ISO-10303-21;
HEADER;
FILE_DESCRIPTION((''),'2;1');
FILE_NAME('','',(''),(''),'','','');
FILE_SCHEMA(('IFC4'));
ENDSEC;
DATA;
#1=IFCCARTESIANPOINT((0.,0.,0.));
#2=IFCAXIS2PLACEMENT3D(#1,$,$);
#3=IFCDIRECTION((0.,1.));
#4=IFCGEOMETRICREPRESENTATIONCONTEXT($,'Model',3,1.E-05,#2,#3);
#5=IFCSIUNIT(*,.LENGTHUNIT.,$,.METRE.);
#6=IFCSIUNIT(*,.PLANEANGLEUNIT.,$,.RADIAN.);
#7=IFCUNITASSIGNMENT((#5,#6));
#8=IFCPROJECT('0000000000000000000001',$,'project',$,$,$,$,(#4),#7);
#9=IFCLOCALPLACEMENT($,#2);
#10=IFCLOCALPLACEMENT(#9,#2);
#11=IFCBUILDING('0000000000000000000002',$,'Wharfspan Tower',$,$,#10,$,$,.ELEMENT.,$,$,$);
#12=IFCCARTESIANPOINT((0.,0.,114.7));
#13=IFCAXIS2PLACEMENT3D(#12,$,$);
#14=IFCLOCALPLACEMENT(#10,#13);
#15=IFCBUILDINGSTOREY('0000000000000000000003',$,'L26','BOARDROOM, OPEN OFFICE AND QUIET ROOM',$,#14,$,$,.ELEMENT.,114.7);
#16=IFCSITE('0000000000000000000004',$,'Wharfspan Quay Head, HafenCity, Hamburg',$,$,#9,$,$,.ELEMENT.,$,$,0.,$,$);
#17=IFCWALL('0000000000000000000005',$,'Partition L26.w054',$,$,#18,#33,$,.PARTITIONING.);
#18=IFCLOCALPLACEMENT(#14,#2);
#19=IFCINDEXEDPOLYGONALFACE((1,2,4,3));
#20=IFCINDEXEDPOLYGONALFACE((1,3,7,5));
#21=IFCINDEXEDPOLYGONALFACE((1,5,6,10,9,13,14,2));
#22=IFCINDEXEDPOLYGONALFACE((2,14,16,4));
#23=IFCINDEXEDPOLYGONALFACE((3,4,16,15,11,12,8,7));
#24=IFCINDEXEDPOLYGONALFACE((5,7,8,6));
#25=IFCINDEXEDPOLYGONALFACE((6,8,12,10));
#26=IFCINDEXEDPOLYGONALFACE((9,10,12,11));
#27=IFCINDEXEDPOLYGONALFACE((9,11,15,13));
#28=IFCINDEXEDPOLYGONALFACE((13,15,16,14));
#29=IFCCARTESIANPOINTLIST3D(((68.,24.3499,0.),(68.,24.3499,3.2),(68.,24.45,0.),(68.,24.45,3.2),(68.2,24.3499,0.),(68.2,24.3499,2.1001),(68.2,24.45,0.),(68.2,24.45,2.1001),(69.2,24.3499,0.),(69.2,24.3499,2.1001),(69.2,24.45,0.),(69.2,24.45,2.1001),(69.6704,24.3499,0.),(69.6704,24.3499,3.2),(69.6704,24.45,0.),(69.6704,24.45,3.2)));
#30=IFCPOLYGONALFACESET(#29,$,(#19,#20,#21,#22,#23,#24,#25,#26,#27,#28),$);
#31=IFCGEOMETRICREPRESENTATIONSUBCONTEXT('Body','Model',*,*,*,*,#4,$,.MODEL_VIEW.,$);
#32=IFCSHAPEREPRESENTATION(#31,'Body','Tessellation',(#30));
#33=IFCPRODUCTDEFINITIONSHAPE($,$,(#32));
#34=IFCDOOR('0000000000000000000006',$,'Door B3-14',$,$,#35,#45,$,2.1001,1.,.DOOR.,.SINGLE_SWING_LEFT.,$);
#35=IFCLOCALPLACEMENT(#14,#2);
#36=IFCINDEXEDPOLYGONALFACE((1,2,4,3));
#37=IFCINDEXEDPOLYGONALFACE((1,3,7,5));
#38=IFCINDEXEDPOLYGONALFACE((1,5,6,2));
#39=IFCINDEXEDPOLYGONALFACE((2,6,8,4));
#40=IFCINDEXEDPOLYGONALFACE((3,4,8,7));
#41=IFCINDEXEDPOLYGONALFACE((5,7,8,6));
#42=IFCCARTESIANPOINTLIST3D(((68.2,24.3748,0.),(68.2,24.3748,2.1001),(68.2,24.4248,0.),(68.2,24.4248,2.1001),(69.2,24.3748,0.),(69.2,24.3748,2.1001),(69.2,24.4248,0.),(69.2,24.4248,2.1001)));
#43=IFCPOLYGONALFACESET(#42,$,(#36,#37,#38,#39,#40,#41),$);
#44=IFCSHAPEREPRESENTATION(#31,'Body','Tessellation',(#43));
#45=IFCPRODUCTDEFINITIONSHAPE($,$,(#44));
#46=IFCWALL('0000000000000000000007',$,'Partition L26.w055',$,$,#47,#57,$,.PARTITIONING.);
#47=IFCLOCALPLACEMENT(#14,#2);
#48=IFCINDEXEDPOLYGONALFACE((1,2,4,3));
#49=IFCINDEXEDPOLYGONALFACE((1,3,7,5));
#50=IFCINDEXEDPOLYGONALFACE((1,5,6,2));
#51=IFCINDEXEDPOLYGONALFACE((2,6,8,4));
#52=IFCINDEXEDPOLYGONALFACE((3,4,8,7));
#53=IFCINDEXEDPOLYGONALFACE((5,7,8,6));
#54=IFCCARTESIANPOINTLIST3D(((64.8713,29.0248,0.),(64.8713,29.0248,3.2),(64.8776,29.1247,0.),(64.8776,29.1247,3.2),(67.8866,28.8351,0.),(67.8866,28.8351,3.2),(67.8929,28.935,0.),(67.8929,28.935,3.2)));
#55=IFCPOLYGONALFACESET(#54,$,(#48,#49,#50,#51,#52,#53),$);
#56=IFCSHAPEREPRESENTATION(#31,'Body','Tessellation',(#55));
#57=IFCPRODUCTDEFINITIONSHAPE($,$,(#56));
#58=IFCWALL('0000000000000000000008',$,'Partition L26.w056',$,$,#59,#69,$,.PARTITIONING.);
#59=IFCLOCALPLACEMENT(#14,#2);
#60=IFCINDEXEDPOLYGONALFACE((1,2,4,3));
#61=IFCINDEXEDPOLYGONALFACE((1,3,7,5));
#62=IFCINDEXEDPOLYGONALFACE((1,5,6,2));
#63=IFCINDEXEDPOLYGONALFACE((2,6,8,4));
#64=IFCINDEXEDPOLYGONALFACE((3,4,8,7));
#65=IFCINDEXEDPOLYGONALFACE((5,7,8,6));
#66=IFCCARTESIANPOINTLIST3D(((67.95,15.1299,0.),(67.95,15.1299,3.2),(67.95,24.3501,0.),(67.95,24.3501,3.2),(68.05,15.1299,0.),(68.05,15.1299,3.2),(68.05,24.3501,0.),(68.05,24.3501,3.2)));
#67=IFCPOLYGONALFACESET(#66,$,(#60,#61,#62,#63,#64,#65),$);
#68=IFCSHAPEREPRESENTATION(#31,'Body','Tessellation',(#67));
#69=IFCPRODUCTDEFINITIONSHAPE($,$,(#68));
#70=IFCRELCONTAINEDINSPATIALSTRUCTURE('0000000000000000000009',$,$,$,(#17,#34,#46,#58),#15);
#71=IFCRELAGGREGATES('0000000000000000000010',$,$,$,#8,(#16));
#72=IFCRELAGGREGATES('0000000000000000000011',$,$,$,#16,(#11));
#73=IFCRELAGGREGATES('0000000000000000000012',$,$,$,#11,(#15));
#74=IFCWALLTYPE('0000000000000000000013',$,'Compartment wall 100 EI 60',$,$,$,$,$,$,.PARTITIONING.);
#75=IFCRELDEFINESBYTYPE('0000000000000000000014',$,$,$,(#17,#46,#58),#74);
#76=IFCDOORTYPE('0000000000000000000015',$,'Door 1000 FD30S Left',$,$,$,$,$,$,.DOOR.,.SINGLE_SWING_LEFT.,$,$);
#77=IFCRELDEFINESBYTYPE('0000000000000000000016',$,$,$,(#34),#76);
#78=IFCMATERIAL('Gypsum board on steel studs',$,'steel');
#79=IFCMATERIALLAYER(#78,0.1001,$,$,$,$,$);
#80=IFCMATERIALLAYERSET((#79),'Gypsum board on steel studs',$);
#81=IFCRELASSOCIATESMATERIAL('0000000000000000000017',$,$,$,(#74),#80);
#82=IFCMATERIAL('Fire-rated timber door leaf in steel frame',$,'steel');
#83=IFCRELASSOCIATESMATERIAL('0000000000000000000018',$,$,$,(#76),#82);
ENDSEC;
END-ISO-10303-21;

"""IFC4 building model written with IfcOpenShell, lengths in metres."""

from ifc_helpers import new_model, si_unit, direction, frame, frame_2d, origin, place, context, subcontext, project, spatial, rectangle, extrude, material, layer, layer_set, type_object, element, fill, save


model = new_model("IFC4")

# Units and contexts
model_context = context("Model", 3, precision=1e-05, world=origin(), true_north=direction((0.0, 1.0)))
body_context = subcontext(model_context, "Body", "Model", "MODEL_VIEW")
ifc_project = project(units=[si_unit("LENGTHUNIT", "METRE"), si_unit("PLANEANGLEUNIT", "RADIAN")], contexts=[model_context])

# Site, building, storey
site_placement = place(None, origin())
site = spatial("IfcSite", under=ifc_project, at=site_placement, Name="Wharfspan Quay Head, HafenCity, Hamburg", CompositionType="ELEMENT", RefElevation=0.0)
building_placement = place(site_placement, origin())
building = spatial("IfcBuilding", under=site, at=building_placement, Name="Wharfspan Tower", CompositionType="ELEMENT")
storey_placement = place(building_placement, frame((0.0, 0.0, 114.7)))
storey = spatial("IfcBuildingStorey", under=building, at=storey_placement, Name="L26", Description="BOARDROOM, OPEN OFFICE AND QUIET ROOM", CompositionType="ELEMENT", Elevation=114.7)

# Shared definitions
ifc_material_1 = material(Name="Gypsum board on steel studs", Category="steel")
ifc_layer = layer(ifc_material_1, 0.1001)
ifc_layer_set = layer_set([ifc_layer], Name="Gypsum board on steel studs")
wall_type = type_object("IfcWallType", Name="Compartment wall 100 EI 60", PredefinedType="PARTITIONING", material=ifc_layer_set)

# Shared definitions
ifc_material_2 = material(Name="Fire-rated timber door leaf in steel frame", Category="steel")

# Wall, opening, door
wall_1_placement = place(storey_placement, frame((68.0, 24.3999, 0.0), z_axis=(0.0, 0.0, 1.0), x_axis=(1.0, 0.0, 0.0)))
wall_1 = element("IfcWall", 1, at=wall_1_placement, inside=storey, type_object=wall_type, Name="Partition L26.w054", PredefinedType="PARTITIONING", context=body_context, shape_type="SweptSolid", body=[
    extrude(rectangle(XDim=1.6704, YDim=0.1001, at=frame_2d((0.8352, 0.0))), origin(), (0.0, 0.0, 1.0), 3.2),
])
opening_1_placement = place(wall_1_placement, frame((0.2, 0.0, 0.0)))
opening_1 = element("IfcOpeningElement", 2, at=opening_1_placement, cuts=wall_1, PredefinedType="OPENING", context=body_context, shape_type="SweptSolid", body=[
    extrude(rectangle(XDim=1.0, YDim=2.1001, at=frame_2d((0.5, 1.05))), frame((0.0, 0.0601, 0.0), z_axis=(0.0, -1.0, 0.0), x_axis=(1.0, 0.0, 0.0)), (0.0, 0.0, 1.0), 0.1201),
])
door_type_1 = type_object("IfcDoorType", Name="Door 1000 FD30S Left", OperationType="SINGLE_SWING_LEFT", PredefinedType="DOOR", material=ifc_material_2)
door_1_placement = place(opening_1_placement, origin())
door_1 = element("IfcDoor", 3, at=door_1_placement, inside=storey, type_object=door_type_1, Name="Door B3-14", OperationType="SINGLE_SWING_LEFT", OverallHeight=2.1001, OverallWidth=1.0, PredefinedType="DOOR", context=body_context, shape_type="SweptSolid", body=[
    extrude(rectangle(XDim=1.0, YDim=2.1001, at=frame_2d((0.5, 1.05))), frame((0.0, 0.0249, 0.0), z_axis=(0.0, -1.0, 0.0), x_axis=(1.0, 0.0, 0.0)), (0.0, 0.0, 1.0), 0.05),
])
fill(opening_1, door_1)

# Walls
wall_2_placement = place(storey_placement, frame((67.8899, 28.885, 0.0), z_axis=(0.0, 0.0, 1.0), x_axis=(-0.998031, 0.062786, 0.0)))
element("IfcWall", 4, at=wall_2_placement, inside=storey, type_object=wall_type, Name="Partition L26.w055", PredefinedType="PARTITIONING", context=body_context, shape_type="SweptSolid", body=[
    extrude(rectangle(XDim=3.0212, YDim=0.1001, at=frame_2d((1.5107, 0.0))), origin(), (0.0, 0.0, 1.0), 3.2),
])
wall_3_placement = place(storey_placement, frame((68.0, 15.1299, 0.0), z_axis=(0.0, 0.0, 1.0), x_axis=(0.0, 1.0, 0.0)))
element("IfcWall", 5, at=wall_3_placement, inside=storey, type_object=wall_type, Name="Partition L26.w056", PredefinedType="PARTITIONING", context=body_context, shape_type="SweptSolid", body=[
    extrude(rectangle(XDim=9.2202, YDim=0.1001, at=frame_2d((4.6101, 0.0))), origin(), (0.0, 0.0, 1.0), 3.2),
])

save(model, "model.ifc")
